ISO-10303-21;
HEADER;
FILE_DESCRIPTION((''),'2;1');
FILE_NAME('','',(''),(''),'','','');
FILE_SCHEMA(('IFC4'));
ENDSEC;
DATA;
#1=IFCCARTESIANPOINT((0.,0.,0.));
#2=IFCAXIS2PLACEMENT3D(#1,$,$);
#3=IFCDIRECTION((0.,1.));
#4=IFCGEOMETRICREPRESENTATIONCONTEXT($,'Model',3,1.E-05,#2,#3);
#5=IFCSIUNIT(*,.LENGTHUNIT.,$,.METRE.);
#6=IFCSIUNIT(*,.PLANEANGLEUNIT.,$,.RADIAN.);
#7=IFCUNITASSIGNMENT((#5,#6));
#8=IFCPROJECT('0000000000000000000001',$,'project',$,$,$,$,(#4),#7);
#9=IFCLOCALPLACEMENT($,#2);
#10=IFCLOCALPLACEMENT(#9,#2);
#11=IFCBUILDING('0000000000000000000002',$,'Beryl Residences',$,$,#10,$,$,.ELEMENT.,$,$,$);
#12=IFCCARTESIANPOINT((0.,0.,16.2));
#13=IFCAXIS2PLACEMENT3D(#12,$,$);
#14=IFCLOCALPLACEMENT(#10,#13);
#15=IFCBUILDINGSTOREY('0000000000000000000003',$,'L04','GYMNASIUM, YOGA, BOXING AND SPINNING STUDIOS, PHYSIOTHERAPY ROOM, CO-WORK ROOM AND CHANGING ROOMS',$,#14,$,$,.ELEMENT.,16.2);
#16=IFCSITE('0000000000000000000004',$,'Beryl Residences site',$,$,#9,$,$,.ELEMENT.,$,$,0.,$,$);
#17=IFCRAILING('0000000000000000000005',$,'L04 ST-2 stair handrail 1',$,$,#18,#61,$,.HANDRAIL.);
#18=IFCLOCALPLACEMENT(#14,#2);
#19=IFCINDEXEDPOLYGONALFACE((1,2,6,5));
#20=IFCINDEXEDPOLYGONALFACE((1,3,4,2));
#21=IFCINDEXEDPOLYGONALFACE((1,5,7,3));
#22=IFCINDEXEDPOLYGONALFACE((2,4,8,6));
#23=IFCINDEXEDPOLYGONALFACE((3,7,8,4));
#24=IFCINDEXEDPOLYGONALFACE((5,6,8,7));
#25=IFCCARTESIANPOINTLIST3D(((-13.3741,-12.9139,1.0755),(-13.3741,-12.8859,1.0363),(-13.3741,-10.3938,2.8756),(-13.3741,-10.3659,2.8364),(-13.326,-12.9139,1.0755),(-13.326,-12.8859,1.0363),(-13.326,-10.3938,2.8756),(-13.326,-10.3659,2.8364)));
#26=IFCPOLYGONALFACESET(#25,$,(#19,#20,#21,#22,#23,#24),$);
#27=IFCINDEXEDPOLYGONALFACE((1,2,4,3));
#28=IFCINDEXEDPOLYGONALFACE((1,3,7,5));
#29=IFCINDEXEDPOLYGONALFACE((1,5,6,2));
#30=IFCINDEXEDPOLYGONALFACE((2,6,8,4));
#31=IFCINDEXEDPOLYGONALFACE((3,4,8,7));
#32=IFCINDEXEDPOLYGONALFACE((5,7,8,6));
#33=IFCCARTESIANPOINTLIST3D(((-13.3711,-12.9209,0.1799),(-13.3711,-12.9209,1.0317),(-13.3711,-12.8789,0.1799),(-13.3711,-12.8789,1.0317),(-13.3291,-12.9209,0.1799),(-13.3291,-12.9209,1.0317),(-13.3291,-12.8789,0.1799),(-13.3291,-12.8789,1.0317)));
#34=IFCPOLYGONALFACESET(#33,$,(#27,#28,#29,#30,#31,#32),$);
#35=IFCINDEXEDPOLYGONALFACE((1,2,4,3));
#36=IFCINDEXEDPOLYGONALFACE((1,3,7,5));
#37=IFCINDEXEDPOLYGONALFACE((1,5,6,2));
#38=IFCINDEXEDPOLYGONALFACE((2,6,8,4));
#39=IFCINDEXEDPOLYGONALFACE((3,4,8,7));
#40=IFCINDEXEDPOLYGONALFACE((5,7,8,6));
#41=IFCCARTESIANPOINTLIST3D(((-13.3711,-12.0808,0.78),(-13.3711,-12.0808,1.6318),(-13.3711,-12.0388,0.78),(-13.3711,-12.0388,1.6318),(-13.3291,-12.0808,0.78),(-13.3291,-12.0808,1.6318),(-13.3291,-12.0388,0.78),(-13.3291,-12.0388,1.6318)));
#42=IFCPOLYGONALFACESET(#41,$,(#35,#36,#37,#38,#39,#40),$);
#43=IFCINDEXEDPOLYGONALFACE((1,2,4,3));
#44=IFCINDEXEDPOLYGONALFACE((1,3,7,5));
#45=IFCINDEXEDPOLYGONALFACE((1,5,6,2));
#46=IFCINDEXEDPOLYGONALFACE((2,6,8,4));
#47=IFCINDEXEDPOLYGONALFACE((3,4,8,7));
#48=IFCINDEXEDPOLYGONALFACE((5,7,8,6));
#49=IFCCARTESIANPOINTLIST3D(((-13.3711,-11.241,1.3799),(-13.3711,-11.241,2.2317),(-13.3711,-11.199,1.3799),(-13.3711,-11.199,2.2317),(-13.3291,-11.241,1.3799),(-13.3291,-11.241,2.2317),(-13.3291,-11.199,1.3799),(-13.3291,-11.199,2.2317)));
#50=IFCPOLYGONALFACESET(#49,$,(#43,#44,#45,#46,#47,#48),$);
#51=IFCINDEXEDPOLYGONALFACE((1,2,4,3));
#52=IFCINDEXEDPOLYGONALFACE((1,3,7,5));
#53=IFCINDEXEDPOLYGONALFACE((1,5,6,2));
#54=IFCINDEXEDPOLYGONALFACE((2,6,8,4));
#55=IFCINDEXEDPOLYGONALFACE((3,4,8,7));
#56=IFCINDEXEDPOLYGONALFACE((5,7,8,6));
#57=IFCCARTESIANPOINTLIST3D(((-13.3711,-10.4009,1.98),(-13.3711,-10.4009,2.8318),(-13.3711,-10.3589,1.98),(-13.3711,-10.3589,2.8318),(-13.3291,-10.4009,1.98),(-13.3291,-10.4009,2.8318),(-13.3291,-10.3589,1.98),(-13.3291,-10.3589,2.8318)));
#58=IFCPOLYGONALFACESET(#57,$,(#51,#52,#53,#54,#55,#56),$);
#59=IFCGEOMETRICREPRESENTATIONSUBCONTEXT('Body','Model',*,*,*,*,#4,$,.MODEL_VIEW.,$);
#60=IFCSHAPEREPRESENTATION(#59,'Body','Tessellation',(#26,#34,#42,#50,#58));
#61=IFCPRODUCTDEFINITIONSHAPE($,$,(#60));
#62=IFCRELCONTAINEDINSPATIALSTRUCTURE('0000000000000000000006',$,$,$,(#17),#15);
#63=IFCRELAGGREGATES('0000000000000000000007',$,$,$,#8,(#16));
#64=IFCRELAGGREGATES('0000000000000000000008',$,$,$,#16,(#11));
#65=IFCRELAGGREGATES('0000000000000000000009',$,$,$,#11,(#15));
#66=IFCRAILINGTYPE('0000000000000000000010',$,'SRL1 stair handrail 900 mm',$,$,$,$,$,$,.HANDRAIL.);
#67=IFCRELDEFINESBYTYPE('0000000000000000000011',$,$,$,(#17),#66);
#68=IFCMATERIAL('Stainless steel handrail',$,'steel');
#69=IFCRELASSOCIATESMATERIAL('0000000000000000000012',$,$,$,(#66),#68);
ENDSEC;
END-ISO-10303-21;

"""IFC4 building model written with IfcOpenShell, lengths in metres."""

from ifc_helpers import new_model, si_unit, direction, frame, origin, origin_2d, place, context, subcontext, project, spatial, rectangle, extrude, material, type_object, element, save


model = new_model("IFC4")

# Units and contexts
model_context = context("Model", 3, precision=1e-05, world=origin(), true_north=direction((0.0, 1.0)))
body_context = subcontext(model_context, "Body", "Model", "MODEL_VIEW")
ifc_project = project(units=[si_unit("LENGTHUNIT", "METRE"), si_unit("PLANEANGLEUNIT", "RADIAN")], contexts=[model_context])

# Site, building, storey
site_placement = place(None, origin())
site = spatial("IfcSite", under=ifc_project, at=site_placement, Name="Beryl Residences site", CompositionType="ELEMENT", RefElevation=0.0)
building_placement = place(site_placement, origin())
building = spatial("IfcBuilding", under=site, at=building_placement, Name="Beryl Residences", CompositionType="ELEMENT")
storey_placement = place(building_placement, frame((0.0, 0.0, 16.2)))
storey = spatial("IfcBuildingStorey", under=building, at=storey_placement, Name="L04", Description="GYMNASIUM, YOGA, BOXING AND SPINNING STUDIOS, PHYSIOTHERAPY ROOM, CO-WORK ROOM AND CHANGING ROOMS", CompositionType="ELEMENT", Elevation=16.2)

# Railing
ifc_material_1 = material(Name="Stainless steel handrail", Category="steel")
railing_type_1 = type_object("IfcRailingType", Name="SRL1 stair handrail 900 mm", PredefinedType="HANDRAIL", material=ifc_material_1)
railing_1_placement = place(storey_placement, frame((-13.3501, -12.8999, 0.1799)))
element("IfcRailing", 1, at=railing_1_placement, inside=storey, type_object=railing_type_1, Name="L04 ST-2 stair handrail 1", PredefinedType="HANDRAIL", context=body_context, shape_type="SweptSolid", body=[
    extrude(rectangle(XDim=0.0481, YDim=0.0481, at=origin_2d()), frame((0.0, 0.0, 0.876), z_axis=(0.0, 0.813728, 0.581246), x_axis=(-1.0, 0.0, 0.0)), (0.0, 0.0, 1.0), 3.0969),
    extrude(rectangle(XDim=0.042, YDim=0.042, at=origin_2d()), origin(), (0.0, 0.0, 1.0), 0.8518),
    extrude(rectangle(XDim=0.042, YDim=0.042, at=origin_2d()), frame((0.0, 0.8401, 0.6001)), (0.0, 0.0, 1.0), 0.8518),
    extrude(rectangle(XDim=0.042, YDim=0.042, at=origin_2d()), frame((0.0, 1.6799, 1.2)), (0.0, 0.0, 1.0), 0.8518),
    extrude(rectangle(XDim=0.042, YDim=0.042, at=origin_2d()), frame((0.0, 2.52, 1.8)), (0.0, 0.0, 1.0), 0.8518),
])

save(model, "model.ifc")
